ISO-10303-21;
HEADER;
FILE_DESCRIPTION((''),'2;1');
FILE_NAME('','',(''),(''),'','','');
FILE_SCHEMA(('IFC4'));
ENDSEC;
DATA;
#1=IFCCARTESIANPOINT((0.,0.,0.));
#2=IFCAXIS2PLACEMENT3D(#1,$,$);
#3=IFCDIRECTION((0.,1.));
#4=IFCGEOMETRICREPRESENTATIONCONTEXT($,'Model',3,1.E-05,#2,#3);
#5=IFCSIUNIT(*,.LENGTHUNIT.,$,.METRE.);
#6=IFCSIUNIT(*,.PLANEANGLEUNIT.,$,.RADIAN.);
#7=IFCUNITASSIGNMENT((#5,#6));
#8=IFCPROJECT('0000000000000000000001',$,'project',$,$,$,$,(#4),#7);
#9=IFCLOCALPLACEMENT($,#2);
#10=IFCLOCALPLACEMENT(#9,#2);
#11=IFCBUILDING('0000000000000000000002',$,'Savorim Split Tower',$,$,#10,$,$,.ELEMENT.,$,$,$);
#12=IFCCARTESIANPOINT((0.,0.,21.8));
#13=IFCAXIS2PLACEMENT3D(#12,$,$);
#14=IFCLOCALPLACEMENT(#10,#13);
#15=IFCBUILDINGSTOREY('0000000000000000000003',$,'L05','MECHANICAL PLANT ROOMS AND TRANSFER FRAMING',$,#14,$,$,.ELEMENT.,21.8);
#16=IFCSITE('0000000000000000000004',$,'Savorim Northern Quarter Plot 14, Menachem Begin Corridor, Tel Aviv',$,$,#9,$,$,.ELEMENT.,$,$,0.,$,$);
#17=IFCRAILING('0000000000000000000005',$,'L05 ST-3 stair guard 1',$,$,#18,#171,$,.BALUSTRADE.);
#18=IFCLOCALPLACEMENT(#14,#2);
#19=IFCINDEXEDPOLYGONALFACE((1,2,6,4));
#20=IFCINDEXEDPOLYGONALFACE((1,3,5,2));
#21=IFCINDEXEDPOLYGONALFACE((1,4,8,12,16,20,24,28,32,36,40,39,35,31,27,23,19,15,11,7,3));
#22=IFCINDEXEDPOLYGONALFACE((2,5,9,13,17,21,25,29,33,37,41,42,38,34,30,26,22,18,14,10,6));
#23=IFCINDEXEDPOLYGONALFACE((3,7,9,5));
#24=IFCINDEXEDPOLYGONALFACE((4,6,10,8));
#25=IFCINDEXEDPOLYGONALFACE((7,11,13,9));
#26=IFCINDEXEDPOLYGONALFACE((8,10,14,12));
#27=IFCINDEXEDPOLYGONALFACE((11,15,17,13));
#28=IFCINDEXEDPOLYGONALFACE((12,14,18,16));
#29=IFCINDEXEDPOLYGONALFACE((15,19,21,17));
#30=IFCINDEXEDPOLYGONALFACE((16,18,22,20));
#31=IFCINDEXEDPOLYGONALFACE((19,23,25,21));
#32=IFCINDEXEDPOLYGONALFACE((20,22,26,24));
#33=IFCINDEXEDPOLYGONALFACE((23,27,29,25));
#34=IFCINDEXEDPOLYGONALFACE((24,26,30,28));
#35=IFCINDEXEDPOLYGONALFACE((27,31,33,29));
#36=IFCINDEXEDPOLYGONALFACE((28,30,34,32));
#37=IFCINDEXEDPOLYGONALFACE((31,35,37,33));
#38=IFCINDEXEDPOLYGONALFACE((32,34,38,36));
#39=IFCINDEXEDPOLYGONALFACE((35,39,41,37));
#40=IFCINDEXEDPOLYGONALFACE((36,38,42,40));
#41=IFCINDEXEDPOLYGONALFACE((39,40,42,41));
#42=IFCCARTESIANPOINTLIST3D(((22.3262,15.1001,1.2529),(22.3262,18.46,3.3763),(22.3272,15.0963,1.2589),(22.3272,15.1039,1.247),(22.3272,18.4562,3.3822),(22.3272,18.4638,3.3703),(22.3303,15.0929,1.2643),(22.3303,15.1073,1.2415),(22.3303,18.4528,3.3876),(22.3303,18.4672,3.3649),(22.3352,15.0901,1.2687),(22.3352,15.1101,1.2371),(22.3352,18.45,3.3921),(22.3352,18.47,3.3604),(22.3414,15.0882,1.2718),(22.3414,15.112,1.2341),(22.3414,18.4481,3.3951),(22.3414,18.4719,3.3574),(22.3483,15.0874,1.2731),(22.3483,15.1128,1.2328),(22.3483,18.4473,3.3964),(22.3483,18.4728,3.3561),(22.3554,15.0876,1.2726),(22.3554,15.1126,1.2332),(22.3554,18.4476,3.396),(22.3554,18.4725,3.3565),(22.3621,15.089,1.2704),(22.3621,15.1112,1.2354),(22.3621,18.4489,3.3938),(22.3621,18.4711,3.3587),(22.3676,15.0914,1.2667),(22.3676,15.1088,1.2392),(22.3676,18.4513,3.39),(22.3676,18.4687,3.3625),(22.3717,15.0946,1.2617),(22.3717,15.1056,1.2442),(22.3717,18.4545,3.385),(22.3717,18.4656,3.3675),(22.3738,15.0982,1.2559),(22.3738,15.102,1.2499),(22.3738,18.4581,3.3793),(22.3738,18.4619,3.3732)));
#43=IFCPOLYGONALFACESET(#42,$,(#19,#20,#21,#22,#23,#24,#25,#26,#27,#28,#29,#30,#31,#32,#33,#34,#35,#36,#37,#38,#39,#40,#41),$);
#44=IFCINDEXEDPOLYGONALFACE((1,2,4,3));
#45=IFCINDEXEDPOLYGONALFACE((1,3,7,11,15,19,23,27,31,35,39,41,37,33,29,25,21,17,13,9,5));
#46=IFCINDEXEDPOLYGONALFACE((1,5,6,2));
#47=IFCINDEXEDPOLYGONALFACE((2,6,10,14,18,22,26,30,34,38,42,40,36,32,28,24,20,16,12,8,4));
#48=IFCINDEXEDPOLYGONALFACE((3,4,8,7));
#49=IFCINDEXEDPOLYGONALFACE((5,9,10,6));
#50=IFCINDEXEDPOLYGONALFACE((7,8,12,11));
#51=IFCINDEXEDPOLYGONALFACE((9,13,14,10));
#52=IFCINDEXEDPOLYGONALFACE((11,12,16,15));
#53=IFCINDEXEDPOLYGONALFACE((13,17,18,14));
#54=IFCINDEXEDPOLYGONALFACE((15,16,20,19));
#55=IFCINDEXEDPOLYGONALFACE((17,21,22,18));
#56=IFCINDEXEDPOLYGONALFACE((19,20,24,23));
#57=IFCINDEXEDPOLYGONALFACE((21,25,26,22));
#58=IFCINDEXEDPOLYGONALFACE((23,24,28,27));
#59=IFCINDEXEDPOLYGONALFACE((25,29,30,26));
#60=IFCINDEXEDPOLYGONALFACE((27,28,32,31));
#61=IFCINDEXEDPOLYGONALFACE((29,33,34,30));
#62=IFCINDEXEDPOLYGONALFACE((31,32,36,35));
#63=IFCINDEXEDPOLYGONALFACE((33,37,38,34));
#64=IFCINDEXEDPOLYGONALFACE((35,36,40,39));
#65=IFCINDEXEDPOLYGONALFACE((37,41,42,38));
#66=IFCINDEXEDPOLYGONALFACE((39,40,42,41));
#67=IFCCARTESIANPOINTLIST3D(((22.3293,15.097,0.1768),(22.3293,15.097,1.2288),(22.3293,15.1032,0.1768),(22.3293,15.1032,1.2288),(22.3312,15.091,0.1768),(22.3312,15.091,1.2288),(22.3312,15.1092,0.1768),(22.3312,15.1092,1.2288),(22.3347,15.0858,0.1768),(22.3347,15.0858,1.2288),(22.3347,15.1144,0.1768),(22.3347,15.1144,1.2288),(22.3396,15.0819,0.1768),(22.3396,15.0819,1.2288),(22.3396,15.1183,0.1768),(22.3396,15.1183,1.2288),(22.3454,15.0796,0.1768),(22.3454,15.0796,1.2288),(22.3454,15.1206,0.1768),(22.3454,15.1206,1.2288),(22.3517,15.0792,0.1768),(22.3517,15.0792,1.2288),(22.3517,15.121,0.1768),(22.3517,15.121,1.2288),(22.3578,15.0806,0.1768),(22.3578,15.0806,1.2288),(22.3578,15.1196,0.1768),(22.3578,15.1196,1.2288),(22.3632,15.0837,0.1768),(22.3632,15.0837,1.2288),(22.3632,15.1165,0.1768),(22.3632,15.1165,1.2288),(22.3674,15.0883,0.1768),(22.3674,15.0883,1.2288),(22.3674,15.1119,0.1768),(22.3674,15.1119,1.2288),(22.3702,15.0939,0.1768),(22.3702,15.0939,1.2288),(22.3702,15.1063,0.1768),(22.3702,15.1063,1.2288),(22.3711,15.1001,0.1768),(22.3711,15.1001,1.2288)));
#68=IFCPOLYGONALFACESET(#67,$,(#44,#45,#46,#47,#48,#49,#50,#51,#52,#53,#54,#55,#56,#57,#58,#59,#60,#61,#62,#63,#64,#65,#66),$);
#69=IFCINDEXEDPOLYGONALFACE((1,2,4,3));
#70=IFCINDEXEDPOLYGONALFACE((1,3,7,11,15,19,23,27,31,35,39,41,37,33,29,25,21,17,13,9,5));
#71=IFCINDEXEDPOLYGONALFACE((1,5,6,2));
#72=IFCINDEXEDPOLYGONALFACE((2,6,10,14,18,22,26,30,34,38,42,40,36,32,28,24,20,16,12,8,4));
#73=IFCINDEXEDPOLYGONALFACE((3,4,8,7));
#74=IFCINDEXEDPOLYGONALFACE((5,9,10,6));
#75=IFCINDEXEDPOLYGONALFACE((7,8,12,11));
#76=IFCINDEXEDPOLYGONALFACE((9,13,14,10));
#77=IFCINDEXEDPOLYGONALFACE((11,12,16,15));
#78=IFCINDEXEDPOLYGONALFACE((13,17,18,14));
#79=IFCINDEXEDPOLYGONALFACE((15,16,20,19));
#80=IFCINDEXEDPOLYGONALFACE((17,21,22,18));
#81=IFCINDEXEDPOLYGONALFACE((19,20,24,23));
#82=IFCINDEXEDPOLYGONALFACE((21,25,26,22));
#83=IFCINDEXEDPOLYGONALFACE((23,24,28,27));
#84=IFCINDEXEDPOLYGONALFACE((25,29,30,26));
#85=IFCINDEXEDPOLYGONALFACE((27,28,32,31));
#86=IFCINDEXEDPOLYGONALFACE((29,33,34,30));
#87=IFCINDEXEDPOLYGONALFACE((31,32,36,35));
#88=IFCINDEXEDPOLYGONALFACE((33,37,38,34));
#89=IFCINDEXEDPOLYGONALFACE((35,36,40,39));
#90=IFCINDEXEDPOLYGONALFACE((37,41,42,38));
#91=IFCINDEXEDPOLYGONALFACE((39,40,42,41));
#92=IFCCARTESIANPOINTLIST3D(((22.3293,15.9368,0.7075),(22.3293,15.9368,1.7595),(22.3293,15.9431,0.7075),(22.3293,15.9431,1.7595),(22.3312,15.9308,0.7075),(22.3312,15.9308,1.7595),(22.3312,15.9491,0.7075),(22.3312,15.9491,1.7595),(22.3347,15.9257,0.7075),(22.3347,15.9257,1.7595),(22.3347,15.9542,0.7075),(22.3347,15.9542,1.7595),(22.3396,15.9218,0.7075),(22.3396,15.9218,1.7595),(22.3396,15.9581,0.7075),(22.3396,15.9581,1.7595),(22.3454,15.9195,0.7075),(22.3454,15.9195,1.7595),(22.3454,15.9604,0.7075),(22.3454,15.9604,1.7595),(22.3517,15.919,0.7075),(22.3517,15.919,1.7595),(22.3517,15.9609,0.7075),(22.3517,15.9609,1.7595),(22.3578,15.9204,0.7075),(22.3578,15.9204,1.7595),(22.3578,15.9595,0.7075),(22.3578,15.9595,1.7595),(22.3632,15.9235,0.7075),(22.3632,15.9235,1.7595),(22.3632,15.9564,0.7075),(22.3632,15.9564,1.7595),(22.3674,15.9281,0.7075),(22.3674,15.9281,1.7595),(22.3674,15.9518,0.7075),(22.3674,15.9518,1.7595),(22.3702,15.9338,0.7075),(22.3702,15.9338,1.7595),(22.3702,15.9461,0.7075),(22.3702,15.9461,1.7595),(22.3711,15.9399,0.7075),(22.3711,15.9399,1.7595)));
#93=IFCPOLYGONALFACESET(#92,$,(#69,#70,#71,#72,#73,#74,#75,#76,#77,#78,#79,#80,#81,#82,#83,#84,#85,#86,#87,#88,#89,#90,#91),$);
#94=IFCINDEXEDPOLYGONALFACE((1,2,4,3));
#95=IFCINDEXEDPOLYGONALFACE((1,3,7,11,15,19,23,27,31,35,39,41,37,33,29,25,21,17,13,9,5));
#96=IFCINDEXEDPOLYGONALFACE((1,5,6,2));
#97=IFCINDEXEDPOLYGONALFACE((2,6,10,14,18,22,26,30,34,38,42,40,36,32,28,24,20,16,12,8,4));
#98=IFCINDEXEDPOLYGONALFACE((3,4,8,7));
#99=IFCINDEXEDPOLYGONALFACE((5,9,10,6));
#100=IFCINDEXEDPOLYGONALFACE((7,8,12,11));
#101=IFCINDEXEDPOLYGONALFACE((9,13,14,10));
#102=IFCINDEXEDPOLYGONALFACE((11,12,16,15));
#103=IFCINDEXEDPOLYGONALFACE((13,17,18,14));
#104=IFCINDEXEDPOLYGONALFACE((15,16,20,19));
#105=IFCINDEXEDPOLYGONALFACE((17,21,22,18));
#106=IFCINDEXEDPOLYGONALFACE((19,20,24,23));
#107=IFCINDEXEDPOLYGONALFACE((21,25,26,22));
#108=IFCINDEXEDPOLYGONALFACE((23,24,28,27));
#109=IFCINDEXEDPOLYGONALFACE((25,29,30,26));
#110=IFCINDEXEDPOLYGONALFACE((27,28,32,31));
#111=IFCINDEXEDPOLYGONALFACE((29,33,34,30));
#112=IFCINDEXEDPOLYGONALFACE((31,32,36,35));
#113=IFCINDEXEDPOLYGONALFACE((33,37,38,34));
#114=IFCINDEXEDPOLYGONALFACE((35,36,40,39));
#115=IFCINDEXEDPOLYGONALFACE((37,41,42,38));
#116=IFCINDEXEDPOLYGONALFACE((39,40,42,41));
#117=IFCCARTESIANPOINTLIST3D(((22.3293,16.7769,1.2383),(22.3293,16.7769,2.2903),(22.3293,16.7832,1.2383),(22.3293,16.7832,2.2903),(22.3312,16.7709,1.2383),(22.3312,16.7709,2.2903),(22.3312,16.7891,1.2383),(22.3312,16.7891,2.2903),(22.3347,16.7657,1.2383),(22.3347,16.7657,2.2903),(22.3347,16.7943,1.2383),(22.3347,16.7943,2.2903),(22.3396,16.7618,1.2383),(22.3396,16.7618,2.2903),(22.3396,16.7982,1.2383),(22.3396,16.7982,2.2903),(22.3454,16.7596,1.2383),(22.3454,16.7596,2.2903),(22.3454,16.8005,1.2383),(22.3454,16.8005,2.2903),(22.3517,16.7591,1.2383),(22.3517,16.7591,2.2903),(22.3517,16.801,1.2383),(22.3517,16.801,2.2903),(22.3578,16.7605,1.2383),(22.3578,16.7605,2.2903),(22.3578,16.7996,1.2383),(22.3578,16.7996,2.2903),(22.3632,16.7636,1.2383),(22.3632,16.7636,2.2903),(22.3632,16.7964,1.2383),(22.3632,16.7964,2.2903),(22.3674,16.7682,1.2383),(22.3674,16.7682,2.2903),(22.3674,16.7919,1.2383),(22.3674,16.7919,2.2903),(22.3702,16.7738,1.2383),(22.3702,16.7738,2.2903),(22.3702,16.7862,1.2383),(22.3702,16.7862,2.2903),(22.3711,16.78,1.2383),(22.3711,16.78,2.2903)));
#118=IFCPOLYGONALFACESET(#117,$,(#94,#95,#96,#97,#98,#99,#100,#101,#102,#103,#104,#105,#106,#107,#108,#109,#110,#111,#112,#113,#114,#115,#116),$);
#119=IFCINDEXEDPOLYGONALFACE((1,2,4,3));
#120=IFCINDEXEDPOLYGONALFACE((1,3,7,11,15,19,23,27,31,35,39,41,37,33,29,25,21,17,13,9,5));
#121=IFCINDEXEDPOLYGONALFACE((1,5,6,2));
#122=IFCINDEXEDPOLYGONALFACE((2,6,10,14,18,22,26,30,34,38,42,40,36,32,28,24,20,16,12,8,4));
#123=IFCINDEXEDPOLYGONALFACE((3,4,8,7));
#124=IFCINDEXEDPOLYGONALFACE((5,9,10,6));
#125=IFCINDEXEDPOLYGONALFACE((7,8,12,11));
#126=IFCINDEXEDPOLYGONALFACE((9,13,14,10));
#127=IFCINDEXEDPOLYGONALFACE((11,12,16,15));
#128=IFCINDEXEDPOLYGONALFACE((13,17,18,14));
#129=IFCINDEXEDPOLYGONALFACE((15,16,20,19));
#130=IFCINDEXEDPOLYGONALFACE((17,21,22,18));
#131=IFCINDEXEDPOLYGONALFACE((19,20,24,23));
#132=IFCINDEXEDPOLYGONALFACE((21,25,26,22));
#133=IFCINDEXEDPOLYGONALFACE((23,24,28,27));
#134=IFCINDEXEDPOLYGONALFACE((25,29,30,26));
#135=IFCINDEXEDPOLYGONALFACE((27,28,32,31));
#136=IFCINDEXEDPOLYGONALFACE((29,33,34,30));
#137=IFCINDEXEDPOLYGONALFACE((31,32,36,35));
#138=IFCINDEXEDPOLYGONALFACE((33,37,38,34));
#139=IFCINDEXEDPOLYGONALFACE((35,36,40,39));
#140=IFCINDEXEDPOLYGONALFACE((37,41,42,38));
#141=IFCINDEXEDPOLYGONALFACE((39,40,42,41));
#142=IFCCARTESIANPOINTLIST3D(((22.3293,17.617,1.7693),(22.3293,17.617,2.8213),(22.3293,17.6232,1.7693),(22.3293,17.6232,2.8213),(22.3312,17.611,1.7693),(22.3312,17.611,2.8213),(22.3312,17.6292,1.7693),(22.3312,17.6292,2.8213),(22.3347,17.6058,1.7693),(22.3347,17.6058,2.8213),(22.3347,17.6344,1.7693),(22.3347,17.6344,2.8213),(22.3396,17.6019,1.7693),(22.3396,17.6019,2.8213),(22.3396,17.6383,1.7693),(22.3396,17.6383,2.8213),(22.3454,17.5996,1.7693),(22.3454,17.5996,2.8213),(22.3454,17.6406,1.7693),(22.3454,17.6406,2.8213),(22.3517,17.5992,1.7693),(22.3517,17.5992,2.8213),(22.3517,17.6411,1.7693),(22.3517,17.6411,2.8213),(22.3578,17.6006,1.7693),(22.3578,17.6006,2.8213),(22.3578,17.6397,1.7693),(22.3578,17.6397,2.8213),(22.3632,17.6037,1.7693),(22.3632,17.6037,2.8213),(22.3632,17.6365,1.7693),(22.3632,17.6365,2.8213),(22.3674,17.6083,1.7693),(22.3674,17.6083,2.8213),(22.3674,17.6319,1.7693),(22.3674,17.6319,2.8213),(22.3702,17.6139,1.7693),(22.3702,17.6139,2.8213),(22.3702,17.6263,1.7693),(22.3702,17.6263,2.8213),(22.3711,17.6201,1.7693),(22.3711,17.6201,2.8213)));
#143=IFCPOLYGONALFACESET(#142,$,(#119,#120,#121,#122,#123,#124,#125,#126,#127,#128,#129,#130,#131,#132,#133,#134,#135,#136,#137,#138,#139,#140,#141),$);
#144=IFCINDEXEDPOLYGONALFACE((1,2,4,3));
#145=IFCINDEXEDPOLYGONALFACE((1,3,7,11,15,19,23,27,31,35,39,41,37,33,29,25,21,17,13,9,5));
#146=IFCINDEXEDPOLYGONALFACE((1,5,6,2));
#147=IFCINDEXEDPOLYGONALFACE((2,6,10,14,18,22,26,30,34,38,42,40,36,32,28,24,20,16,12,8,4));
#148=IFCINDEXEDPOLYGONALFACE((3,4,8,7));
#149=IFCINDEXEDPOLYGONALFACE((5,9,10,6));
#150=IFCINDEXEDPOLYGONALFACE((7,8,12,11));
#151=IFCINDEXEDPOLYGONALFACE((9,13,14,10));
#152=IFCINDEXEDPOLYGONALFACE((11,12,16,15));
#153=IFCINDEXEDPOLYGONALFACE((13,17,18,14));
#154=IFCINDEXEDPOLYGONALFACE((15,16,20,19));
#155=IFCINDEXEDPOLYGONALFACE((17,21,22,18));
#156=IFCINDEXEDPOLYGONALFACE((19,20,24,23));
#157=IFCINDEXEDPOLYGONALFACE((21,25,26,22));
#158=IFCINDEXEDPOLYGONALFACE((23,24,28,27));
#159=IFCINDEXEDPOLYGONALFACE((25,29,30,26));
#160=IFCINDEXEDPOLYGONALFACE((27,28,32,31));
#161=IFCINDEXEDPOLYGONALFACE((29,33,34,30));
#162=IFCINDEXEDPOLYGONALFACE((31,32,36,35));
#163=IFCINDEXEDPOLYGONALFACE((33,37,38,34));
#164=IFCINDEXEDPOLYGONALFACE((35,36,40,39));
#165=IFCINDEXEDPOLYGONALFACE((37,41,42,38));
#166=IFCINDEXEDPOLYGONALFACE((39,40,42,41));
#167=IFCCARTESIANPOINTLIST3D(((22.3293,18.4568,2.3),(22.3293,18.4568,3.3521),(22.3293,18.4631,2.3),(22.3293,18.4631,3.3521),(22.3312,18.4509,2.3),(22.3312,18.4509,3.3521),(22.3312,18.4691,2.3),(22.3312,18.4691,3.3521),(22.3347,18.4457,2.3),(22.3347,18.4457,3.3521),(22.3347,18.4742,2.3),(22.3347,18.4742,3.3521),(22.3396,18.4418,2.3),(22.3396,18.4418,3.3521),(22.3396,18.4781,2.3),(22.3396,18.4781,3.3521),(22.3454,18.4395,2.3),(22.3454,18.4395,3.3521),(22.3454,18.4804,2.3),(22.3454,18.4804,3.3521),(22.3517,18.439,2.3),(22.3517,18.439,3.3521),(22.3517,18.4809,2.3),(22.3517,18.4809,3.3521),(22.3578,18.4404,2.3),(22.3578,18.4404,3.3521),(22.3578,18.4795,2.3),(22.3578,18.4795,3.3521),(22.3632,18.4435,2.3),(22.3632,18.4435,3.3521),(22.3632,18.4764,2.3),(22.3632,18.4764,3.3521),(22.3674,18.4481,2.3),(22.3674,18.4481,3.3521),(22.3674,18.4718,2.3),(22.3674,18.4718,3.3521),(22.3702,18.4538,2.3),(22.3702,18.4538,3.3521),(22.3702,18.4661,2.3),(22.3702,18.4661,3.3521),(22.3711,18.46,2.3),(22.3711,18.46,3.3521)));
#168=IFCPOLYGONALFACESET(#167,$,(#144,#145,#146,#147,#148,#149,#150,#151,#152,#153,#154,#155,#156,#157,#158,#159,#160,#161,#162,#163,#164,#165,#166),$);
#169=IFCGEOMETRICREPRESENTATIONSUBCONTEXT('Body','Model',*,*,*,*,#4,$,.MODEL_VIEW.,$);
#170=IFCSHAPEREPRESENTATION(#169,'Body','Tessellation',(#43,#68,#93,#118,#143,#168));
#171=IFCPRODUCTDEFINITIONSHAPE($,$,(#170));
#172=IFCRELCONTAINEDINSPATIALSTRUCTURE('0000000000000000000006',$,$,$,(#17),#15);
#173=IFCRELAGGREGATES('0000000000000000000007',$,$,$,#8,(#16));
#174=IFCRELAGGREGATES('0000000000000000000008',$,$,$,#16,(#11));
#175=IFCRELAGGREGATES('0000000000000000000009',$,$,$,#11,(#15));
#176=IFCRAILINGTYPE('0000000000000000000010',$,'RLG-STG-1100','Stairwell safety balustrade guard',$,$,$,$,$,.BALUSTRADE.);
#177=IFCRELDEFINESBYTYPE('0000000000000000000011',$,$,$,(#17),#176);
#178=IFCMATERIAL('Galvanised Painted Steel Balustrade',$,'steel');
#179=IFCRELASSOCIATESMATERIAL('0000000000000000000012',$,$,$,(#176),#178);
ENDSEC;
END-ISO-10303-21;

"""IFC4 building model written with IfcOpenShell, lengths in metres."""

from ifc_helpers import new_model, si_unit, direction, frame, origin, origin_2d, place, context, subcontext, project, spatial, circle, extrude, material, type_object, element, save


model = new_model("IFC4")

# Units and contexts
model_context = context("Model", 3, precision=1e-05, world=origin(), true_north=direction((0.0, 1.0)))
body_context = subcontext(model_context, "Body", "Model", "MODEL_VIEW")
ifc_project = project(units=[si_unit("LENGTHUNIT", "METRE"), si_unit("PLANEANGLEUNIT", "RADIAN")], contexts=[model_context])

# Site, building, storey
site_placement = place(None, origin())
site = spatial("IfcSite", under=ifc_project, at=site_placement, Name="Savorim Northern Quarter Plot 14, Menachem Begin Corridor, Tel Aviv", CompositionType="ELEMENT", RefElevation=0.0)
building_placement = place(site_placement, origin())
building = spatial("IfcBuilding", under=site, at=building_placement, Name="Savorim Split Tower", CompositionType="ELEMENT")
storey_placement = place(building_placement, frame((0.0, 0.0, 21.8)))
storey = spatial("IfcBuildingStorey", under=building, at=storey_placement, Name="L05", Description="MECHANICAL PLANT ROOMS AND TRANSFER FRAMING", CompositionType="ELEMENT", Elevation=21.8)

# Railing
ifc_material_1 = material(Name="Galvanised Painted Steel Balustrade", Category="steel")
railing_type_1 = type_object("IfcRailingType", Name="RLG-STG-1100", Description="Stairwell safety balustrade guard", PredefinedType="BALUSTRADE", material=ifc_material_1)
railing_1_placement = place(storey_placement, frame((22.3501, 15.1001, 0.1768)))
element("IfcRailing", 1, at=railing_1_placement, inside=storey, type_object=railing_type_1, Name="L05 ST-3 stair guard 1", PredefinedType="BALUSTRADE", context=body_context, shape_type="SweptSolid", body=[
    extrude(circle(Radius=0.0239, at=origin_2d()), frame((0.0, 0.0, 1.0762), z_axis=(0.0, 0.845344, 0.534222), x_axis=(-1.0, 0.0, 0.0)), (0.0, 0.0, 1.0), 3.9746),
    extrude(circle(Radius=0.021, at=origin_2d()), origin(), (0.0, 0.0, 1.0), 1.052),
    extrude(circle(Radius=0.021, at=origin_2d()), frame((0.0, 0.8398, 0.5308)), (0.0, 0.0, 1.0), 1.052),
    extrude(circle(Radius=0.021, at=origin_2d()), frame((0.0, 1.6799, 1.0615)), (0.0, 0.0, 1.0), 1.052),
    extrude(circle(Radius=0.021, at=origin_2d()), frame((0.0, 2.52, 1.5925)), (0.0, 0.0, 1.0), 1.052),
    extrude(circle(Radius=0.021, at=origin_2d()), frame((0.0, 3.3599, 2.1233)), (0.0, 0.0, 1.0), 1.052),
])

save(model, "model.ifc")
